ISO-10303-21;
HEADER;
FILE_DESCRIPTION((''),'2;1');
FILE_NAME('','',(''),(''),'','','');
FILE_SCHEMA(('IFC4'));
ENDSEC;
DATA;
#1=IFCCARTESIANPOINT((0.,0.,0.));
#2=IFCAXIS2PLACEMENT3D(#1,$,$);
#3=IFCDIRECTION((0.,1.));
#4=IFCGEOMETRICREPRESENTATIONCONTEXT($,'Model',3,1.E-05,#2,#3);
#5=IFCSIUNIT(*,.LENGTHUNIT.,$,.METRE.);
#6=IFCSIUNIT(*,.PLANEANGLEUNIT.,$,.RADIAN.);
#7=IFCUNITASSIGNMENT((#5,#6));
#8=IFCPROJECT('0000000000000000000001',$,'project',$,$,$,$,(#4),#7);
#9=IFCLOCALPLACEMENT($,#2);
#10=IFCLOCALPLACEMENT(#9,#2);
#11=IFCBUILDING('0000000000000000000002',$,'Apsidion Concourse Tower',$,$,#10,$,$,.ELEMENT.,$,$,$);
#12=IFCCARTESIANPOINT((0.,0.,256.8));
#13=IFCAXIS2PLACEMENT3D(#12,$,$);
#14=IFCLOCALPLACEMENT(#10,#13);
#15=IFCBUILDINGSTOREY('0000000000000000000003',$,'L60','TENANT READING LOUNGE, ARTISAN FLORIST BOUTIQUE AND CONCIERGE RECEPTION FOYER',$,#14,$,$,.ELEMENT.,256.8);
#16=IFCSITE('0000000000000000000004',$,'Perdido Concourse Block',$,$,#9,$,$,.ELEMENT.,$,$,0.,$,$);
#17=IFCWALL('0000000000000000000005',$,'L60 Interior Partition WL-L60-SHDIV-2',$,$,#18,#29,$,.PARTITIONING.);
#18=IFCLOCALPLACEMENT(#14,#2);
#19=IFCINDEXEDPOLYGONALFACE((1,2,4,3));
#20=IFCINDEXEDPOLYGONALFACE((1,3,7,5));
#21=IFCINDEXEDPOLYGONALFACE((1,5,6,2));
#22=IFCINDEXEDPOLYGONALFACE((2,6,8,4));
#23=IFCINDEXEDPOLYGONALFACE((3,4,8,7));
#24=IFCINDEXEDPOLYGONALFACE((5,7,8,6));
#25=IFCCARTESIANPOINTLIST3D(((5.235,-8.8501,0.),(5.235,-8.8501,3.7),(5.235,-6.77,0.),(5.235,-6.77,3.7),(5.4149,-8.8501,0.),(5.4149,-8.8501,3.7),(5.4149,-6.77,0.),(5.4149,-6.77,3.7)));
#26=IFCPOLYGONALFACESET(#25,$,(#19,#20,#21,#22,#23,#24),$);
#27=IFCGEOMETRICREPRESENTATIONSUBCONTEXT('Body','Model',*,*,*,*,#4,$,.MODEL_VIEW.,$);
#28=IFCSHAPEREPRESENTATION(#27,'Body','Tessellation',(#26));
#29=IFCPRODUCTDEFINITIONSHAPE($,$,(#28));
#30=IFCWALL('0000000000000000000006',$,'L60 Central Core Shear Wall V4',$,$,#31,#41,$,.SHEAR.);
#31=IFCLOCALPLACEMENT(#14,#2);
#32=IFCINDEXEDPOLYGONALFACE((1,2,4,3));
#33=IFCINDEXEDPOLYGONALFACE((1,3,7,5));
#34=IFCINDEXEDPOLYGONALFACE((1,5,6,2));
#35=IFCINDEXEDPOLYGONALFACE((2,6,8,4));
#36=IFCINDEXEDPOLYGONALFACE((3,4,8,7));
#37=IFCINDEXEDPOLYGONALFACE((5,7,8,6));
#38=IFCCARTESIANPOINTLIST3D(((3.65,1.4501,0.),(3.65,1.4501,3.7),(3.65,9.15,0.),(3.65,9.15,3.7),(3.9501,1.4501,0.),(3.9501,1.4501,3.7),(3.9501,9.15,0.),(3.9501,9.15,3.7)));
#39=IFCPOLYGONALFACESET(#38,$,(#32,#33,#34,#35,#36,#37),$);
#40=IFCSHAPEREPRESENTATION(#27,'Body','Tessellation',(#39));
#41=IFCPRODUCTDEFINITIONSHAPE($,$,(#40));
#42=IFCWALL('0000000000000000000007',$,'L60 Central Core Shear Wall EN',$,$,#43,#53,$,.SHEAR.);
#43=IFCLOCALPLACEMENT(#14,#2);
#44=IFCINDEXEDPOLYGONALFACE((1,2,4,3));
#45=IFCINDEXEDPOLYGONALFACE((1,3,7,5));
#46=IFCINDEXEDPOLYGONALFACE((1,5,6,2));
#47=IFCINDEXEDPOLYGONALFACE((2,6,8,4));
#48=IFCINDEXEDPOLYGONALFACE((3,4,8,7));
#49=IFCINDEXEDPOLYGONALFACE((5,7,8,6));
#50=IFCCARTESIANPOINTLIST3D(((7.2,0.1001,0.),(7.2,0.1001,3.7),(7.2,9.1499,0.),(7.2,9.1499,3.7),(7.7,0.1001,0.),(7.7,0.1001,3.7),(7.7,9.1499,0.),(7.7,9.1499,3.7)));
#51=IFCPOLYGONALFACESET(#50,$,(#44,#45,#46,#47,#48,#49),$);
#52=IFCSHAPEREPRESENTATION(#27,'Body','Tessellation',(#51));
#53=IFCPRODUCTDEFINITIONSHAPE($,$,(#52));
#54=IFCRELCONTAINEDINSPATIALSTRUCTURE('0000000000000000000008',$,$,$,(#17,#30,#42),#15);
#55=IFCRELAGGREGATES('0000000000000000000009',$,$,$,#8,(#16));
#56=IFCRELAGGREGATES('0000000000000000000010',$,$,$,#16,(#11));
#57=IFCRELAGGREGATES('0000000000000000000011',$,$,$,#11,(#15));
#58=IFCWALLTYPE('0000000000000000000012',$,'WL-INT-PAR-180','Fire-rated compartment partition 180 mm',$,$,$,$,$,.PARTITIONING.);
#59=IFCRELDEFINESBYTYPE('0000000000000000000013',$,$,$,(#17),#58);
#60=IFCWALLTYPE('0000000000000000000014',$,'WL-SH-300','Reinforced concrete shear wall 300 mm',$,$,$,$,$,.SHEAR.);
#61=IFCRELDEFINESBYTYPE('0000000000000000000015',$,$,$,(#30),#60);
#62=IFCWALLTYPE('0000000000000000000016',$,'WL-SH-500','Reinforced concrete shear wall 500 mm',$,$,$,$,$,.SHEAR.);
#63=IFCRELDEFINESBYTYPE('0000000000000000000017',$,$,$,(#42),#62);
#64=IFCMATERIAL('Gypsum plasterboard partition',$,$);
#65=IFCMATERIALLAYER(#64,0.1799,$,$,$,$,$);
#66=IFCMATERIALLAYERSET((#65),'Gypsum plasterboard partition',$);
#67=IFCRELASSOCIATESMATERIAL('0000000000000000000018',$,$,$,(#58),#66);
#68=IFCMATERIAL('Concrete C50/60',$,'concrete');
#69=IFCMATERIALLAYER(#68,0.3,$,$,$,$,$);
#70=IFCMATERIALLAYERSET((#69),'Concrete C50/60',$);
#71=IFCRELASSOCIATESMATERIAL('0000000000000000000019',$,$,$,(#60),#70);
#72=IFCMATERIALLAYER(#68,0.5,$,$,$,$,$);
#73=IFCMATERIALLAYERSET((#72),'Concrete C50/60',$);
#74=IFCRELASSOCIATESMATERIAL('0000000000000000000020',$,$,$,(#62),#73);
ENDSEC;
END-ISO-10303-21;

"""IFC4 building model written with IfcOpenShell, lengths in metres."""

from ifc_helpers import new_model, si_unit, direction, frame, frame_2d, origin, place, context, subcontext, project, spatial, rectangle, extrude, material, layer, layer_set, type_object, element, save


model = new_model("IFC4")

# Units and contexts
model_context = context("Model", 3, precision=1e-05, world=origin(), true_north=direction((0.0, 1.0)))
body_context = subcontext(model_context, "Body", "Model", "MODEL_VIEW")
ifc_project = project(units=[si_unit("LENGTHUNIT", "METRE"), si_unit("PLANEANGLEUNIT", "RADIAN")], contexts=[model_context])

# Site, building, storey
site_placement = place(None, origin())
site = spatial("IfcSite", under=ifc_project, at=site_placement, Name="Perdido Concourse Block", CompositionType="ELEMENT", RefElevation=0.0)
building_placement = place(site_placement, origin())
building = spatial("IfcBuilding", under=site, at=building_placement, Name="Apsidion Concourse Tower", CompositionType="ELEMENT")
storey_placement = place(building_placement, frame((0.0, 0.0, 256.8)))
storey = spatial("IfcBuildingStorey", under=building, at=storey_placement, Name="L60", Description="TENANT READING LOUNGE, ARTISAN FLORIST BOUTIQUE AND CONCIERGE RECEPTION FOYER", CompositionType="ELEMENT", Elevation=256.8)

# Shared definitions
ifc_material_1 = material(Name="Concrete C50/60", Category="concrete")

# Shared definitions
ifc_material_2 = material(Name="Gypsum plasterboard partition")

# Walls
ifc_layer_1 = layer(ifc_material_2, 0.1799)
ifc_layer_set_1 = layer_set([ifc_layer_1], Name="Gypsum plasterboard partition")
wall_type_1 = type_object("IfcWallType", Name="WL-INT-PAR-180", Description="Fire-rated compartment partition 180 mm", PredefinedType="PARTITIONING", material=ifc_layer_set_1)
wall_1_placement = place(storey_placement, frame((5.325, -8.8501, 0.0), z_axis=(0.0, 0.0, 1.0), x_axis=(0.0, 1.0, 0.0)))
element("IfcWall", 1, at=wall_1_placement, inside=storey, type_object=wall_type_1, Name="L60 Interior Partition WL-L60-SHDIV-2", PredefinedType="PARTITIONING", context=body_context, shape_type="SweptSolid", body=[
    extrude(rectangle(XDim=2.0801, YDim=0.1799, at=frame_2d((1.04, 0.0))), origin(), (0.0, 0.0, 1.0), 3.7),
])
ifc_layer_2 = layer(ifc_material_1, 0.3)
ifc_layer_set_2 = layer_set([ifc_layer_2], Name="Concrete C50/60")
wall_type_2 = type_object("IfcWallType", Name="WL-SH-300", Description="Reinforced concrete shear wall 300 mm", PredefinedType="SHEAR", material=ifc_layer_set_2)
wall_2_placement = place(storey_placement, frame((3.8, 1.45, 0.0), z_axis=(0.0, 0.0, 1.0), x_axis=(0.0, 1.0, 0.0)))
element("IfcWall", 2, at=wall_2_placement, inside=storey, type_object=wall_type_2, Name="L60 Central Core Shear Wall V4", PredefinedType="SHEAR", context=body_context, shape_type="SweptSolid", body=[
    extrude(rectangle(XDim=7.7, YDim=0.3, at=frame_2d((3.8501, 0.0))), origin(), (0.0, 0.0, 1.0), 3.7),
])
ifc_layer_3 = layer(ifc_material_1, 0.5)
ifc_layer_set_3 = layer_set([ifc_layer_3], Name="Concrete C50/60")
wall_type_3 = type_object("IfcWallType", Name="WL-SH-500", Description="Reinforced concrete shear wall 500 mm", PredefinedType="SHEAR", material=ifc_layer_set_3)
wall_3_placement = place(storey_placement, frame((7.45, 0.1001, 0.0), z_axis=(0.0, 0.0, 1.0), x_axis=(0.0, 1.0, 0.0)))
element("IfcWall", 3, at=wall_3_placement, inside=storey, type_object=wall_type_3, Name="L60 Central Core Shear Wall EN", PredefinedType="SHEAR", context=body_context, shape_type="SweptSolid", body=[
    extrude(rectangle(XDim=9.0498, YDim=0.5, at=frame_2d((4.5249, 0.0))), origin(), (0.0, 0.0, 1.0), 3.7),
])

save(model, "model.ifc")
